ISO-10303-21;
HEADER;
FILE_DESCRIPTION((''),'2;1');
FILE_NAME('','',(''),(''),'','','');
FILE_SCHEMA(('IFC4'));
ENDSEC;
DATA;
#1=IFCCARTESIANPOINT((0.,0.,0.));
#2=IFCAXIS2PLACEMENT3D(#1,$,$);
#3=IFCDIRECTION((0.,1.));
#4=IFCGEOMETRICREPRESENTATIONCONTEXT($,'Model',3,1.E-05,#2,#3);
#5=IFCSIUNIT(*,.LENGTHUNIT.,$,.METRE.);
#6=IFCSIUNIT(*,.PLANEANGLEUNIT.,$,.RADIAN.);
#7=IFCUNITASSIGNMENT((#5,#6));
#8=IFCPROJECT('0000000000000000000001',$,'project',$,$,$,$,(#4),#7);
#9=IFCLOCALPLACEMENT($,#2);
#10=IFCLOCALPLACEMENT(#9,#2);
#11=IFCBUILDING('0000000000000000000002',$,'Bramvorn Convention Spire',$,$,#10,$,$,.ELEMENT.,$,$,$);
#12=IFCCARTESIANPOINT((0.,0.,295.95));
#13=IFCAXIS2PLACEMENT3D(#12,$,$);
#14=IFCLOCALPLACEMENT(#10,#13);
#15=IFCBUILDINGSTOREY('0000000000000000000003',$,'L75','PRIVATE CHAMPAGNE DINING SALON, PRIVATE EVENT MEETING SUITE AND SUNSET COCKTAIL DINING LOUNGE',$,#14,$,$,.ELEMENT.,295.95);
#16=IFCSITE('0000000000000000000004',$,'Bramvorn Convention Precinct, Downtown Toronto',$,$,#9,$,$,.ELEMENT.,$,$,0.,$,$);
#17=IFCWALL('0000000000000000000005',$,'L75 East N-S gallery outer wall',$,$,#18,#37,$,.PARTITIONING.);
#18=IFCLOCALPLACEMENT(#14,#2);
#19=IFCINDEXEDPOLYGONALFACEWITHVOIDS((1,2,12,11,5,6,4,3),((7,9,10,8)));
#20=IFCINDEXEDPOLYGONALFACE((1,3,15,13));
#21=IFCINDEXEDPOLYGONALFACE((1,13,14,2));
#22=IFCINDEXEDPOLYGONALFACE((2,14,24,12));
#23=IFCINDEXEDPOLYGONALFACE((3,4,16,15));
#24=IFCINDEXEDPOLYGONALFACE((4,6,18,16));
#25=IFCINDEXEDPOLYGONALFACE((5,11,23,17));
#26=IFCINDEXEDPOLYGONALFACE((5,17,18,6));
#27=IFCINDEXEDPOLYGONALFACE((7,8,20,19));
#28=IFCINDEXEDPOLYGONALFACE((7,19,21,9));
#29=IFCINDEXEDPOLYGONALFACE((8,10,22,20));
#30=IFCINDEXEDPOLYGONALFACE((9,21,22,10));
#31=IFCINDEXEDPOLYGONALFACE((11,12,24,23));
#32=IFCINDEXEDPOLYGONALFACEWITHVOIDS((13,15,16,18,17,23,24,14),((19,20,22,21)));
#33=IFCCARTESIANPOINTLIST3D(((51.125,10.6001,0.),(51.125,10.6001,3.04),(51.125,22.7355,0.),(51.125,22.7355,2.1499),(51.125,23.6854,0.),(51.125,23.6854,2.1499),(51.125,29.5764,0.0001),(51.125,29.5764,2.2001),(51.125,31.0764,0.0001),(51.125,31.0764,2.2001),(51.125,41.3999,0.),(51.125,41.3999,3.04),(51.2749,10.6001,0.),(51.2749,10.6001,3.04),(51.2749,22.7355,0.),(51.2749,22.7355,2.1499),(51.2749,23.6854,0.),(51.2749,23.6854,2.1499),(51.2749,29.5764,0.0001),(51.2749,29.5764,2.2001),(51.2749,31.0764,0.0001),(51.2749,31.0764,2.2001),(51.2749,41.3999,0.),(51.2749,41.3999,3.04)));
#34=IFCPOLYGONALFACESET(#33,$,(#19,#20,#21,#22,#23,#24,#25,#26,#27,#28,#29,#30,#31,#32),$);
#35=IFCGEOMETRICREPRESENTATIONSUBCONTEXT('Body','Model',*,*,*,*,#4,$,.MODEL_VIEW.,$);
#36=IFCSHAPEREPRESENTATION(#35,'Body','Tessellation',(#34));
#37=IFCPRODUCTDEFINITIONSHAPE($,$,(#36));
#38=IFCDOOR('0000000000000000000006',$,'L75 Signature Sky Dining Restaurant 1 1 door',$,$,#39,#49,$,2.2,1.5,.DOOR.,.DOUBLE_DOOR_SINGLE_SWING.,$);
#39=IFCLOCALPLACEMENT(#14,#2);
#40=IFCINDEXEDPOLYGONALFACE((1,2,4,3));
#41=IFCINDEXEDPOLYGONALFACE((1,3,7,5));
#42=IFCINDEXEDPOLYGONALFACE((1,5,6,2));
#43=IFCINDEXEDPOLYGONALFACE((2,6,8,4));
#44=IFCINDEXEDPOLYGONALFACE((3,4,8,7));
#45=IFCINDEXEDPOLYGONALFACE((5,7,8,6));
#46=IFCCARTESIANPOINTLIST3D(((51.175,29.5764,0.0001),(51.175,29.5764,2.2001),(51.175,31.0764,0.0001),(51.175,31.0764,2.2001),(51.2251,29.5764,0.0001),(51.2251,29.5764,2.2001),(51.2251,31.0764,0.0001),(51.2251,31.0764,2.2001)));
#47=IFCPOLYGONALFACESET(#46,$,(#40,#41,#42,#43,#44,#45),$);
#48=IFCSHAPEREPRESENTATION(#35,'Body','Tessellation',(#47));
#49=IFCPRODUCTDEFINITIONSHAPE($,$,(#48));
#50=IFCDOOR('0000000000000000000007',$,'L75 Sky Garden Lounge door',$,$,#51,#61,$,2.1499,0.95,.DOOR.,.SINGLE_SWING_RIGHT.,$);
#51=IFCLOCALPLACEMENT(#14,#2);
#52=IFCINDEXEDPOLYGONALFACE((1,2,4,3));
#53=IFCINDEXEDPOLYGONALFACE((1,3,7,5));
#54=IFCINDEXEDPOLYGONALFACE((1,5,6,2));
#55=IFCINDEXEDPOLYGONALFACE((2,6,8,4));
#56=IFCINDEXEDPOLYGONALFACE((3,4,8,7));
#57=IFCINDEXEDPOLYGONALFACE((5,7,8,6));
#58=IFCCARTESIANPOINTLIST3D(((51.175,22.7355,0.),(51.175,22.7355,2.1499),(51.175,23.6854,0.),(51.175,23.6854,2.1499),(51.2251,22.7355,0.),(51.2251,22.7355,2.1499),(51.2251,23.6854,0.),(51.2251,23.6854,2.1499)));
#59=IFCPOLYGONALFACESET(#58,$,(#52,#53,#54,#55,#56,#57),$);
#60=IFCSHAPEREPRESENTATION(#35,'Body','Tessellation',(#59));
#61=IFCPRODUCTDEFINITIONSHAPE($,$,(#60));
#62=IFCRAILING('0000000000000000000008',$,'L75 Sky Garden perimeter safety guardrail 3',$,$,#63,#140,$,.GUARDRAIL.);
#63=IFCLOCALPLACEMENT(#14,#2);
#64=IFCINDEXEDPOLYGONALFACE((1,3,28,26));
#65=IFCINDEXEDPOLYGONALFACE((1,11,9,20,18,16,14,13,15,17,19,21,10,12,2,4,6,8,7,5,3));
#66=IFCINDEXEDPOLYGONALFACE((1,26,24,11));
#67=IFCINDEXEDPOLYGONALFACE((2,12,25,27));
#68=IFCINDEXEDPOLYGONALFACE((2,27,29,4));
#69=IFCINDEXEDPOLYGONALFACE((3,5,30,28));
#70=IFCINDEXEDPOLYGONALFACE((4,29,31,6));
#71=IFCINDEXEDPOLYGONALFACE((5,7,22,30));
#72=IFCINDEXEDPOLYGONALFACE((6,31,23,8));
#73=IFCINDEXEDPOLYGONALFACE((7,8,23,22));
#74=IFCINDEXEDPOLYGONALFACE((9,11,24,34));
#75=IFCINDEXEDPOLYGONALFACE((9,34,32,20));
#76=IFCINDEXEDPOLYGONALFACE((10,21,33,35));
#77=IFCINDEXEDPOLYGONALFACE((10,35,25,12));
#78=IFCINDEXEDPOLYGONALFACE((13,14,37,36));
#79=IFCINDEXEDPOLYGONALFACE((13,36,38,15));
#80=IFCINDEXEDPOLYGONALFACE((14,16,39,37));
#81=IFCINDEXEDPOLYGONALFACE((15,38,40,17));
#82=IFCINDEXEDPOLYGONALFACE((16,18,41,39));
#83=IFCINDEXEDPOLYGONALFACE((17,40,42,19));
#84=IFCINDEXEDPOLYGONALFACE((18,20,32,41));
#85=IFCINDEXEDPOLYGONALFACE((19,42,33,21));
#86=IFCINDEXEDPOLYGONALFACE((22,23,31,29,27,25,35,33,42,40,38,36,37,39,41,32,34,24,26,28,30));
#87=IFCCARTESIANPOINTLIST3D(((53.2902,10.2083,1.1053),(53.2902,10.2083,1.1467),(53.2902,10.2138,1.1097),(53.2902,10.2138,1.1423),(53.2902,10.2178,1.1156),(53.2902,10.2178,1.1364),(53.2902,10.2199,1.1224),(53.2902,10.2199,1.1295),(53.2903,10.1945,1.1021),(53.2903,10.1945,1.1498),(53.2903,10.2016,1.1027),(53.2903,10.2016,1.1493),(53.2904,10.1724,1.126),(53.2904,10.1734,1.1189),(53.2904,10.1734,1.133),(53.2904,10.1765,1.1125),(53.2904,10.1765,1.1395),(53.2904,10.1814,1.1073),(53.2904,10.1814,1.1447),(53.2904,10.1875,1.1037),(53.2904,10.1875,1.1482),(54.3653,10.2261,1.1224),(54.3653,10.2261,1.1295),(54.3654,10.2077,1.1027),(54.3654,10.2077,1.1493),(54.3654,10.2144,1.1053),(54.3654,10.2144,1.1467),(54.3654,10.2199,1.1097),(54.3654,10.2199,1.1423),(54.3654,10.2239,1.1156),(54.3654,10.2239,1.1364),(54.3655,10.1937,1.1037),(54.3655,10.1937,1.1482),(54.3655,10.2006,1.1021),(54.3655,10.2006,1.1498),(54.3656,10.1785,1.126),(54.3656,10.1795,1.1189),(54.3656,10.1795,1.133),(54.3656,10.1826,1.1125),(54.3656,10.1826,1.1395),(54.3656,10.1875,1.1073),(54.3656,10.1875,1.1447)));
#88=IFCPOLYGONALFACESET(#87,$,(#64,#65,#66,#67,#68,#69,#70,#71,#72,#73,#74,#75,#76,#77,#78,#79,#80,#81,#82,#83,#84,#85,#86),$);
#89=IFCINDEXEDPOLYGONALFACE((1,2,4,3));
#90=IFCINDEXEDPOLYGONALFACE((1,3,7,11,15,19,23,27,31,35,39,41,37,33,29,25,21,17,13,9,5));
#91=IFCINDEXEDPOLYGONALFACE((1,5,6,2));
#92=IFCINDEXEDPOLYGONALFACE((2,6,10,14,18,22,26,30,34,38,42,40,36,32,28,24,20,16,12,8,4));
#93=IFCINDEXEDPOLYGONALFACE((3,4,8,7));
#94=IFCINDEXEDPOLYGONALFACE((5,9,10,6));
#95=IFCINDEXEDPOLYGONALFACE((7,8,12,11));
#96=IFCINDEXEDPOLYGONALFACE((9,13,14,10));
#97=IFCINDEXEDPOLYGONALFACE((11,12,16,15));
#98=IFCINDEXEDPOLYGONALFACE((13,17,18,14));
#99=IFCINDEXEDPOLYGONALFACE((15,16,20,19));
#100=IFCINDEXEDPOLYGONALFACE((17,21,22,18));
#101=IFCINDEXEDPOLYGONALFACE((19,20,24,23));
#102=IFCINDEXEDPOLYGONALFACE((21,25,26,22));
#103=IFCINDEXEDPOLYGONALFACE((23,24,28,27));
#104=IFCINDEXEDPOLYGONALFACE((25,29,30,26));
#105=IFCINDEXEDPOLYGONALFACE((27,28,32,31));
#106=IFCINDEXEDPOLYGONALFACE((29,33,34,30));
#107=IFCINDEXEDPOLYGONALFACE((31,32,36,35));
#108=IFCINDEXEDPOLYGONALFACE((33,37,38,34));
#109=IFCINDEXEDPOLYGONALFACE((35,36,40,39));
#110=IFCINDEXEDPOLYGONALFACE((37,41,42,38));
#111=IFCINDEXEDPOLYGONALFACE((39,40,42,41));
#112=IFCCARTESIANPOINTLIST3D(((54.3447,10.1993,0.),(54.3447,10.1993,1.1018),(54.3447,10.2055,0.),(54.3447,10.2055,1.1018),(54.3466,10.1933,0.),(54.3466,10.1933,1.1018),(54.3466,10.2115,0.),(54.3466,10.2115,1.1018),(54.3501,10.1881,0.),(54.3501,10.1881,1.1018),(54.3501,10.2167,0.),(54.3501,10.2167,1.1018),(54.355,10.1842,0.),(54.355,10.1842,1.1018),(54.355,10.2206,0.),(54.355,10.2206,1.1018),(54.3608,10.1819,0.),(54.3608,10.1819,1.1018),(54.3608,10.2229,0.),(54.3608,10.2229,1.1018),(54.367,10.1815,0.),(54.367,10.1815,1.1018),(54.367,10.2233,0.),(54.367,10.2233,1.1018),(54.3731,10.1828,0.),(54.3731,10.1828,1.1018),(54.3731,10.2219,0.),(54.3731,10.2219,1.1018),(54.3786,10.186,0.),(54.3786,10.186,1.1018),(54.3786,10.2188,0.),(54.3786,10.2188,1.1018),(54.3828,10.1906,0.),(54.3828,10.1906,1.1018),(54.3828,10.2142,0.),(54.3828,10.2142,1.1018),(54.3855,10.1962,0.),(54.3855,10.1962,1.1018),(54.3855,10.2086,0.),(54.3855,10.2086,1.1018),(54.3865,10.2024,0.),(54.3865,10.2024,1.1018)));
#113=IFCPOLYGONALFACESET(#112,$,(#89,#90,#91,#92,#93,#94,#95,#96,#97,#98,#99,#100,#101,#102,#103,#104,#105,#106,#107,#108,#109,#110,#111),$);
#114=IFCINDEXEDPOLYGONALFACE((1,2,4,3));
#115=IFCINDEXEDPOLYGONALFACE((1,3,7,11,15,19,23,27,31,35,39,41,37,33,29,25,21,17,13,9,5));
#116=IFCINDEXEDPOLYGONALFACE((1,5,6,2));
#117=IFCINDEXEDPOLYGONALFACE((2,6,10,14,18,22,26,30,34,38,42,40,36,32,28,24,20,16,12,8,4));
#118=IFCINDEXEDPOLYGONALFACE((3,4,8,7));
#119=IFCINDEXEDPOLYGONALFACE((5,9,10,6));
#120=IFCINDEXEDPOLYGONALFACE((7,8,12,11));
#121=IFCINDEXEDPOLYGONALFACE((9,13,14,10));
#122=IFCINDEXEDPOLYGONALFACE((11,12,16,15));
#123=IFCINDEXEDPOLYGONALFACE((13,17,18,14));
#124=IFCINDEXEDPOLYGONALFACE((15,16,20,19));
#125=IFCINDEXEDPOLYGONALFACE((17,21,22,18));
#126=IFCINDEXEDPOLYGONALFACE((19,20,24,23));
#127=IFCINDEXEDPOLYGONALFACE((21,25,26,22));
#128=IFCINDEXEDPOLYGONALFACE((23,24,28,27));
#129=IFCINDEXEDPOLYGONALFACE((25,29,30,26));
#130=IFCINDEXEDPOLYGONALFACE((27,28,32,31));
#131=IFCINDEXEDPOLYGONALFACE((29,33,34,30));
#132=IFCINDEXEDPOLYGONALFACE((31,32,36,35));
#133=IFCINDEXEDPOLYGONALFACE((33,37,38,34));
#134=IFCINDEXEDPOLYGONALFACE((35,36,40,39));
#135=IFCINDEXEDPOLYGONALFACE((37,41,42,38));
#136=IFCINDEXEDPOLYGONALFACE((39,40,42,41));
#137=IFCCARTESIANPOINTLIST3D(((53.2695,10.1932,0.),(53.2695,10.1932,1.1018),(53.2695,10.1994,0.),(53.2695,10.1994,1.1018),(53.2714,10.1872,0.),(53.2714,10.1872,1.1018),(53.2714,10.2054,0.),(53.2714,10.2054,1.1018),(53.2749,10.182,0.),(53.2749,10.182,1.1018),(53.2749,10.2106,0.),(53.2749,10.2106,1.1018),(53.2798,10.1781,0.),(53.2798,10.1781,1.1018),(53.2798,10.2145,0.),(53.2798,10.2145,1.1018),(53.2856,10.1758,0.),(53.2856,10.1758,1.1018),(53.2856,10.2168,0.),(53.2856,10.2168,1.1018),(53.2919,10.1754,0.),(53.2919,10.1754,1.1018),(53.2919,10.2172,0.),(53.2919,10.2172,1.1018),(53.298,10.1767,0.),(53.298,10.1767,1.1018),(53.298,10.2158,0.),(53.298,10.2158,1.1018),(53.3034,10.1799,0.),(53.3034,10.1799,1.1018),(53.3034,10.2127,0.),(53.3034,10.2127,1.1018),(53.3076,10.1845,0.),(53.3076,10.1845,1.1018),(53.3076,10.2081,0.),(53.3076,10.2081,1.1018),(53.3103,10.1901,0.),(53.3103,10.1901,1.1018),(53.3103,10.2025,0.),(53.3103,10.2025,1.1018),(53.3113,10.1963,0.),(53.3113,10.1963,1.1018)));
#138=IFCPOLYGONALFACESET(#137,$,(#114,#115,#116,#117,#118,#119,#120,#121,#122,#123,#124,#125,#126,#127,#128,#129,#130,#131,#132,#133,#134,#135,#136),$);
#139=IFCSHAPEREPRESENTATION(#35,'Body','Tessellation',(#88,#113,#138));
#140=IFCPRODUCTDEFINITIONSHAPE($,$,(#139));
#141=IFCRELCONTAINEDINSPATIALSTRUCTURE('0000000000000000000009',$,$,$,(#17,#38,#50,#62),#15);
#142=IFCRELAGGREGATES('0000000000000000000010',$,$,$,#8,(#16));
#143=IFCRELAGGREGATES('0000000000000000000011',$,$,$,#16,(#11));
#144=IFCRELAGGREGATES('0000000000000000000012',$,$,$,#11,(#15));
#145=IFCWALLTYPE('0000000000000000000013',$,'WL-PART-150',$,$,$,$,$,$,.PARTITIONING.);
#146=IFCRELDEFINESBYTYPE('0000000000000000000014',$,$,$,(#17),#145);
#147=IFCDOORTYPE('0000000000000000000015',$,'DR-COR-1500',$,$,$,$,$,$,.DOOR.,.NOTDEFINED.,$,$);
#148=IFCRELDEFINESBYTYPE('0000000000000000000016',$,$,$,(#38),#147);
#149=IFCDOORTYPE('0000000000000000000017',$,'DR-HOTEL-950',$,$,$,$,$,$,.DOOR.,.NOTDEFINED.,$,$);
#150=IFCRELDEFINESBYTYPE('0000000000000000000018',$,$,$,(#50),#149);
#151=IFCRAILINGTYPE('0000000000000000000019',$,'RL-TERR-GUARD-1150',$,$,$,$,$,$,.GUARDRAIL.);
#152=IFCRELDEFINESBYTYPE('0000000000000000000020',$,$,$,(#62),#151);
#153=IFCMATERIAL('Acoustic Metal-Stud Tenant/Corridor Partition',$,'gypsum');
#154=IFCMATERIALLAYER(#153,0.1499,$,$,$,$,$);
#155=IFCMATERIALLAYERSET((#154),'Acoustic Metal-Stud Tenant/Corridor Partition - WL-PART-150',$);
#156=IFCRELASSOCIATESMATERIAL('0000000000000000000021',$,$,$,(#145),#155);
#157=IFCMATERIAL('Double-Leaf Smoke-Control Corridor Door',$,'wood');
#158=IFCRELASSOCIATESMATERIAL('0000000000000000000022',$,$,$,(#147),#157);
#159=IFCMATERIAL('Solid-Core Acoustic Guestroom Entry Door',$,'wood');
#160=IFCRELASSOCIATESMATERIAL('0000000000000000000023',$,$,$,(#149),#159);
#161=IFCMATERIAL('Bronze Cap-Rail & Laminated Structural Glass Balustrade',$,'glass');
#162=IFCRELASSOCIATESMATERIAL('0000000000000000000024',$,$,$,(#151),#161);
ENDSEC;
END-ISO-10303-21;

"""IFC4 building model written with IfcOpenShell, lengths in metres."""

from ifc_helpers import new_model, si_unit, direction, frame, frame_2d, origin, origin_2d, place, context, subcontext, project, spatial, rectangle, circle, extrude, material, layer, layer_set, type_object, element, fill, save


model = new_model("IFC4")

# Units and contexts
model_context = context("Model", 3, precision=1e-05, world=origin(), true_north=direction((0.0, 1.0)))
body_context = subcontext(model_context, "Body", "Model", "MODEL_VIEW")
ifc_project = project(units=[si_unit("LENGTHUNIT", "METRE"), si_unit("PLANEANGLEUNIT", "RADIAN")], contexts=[model_context])

# Site, building, storey
site_placement = place(None, origin())
site = spatial("IfcSite", under=ifc_project, at=site_placement, Name="Bramvorn Convention Precinct, Downtown Toronto", CompositionType="ELEMENT", RefElevation=0.0)
building_placement = place(site_placement, origin())
building = spatial("IfcBuilding", under=site, at=building_placement, Name="Bramvorn Convention Spire", CompositionType="ELEMENT")
storey_placement = place(building_placement, frame((0.0, 0.0, 295.95)))
storey = spatial("IfcBuildingStorey", under=building, at=storey_placement, Name="L75", Description="PRIVATE CHAMPAGNE DINING SALON, PRIVATE EVENT MEETING SUITE AND SUNSET COCKTAIL DINING LOUNGE", CompositionType="ELEMENT", Elevation=295.95)

# Wall, openings, doors
ifc_material_1 = material(Name="Acoustic Metal-Stud Tenant/Corridor Partition", Category="gypsum")
ifc_layer_1 = layer(ifc_material_1, 0.1499)
ifc_layer_set_1 = layer_set([ifc_layer_1], Name="Acoustic Metal-Stud Tenant/Corridor Partition - WL-PART-150")
wall_type = type_object("IfcWallType", Name="WL-PART-150", PredefinedType="PARTITIONING", material=ifc_layer_set_1)
wall_placement = place(storey_placement, frame((51.2, 10.6001, 0.0), z_axis=(0.0, 0.0, 1.0), x_axis=(0.0, 1.0, 0.0)))
wall = element("IfcWall", 1, at=wall_placement, inside=storey, type_object=wall_type, Name="L75 East N-S gallery outer wall", PredefinedType="PARTITIONING", context=body_context, shape_type="SweptSolid", body=[
    extrude(rectangle(XDim=30.7998, YDim=0.1499, at=frame_2d((15.3999, 0.0))), origin(), (0.0, 0.0, 1.0), 3.04),
])
opening_1_placement = place(wall_placement, frame((18.9763, 0.0, 0.0)))
opening_1 = element("IfcOpeningElement", 2, at=opening_1_placement, cuts=wall, PredefinedType="OPENING", context=body_context, shape_type="SweptSolid", body=[
    extrude(rectangle(XDim=1.5, YDim=2.2, at=frame_2d((0.75, 1.1001))), frame((0.0, 0.085, 0.0), z_axis=(0.0, -1.0, 0.0), x_axis=(1.0, 0.0, 0.0)), (0.0, 0.0, 1.0), 0.1699),
])
opening_2_placement = place(wall_placement, frame((12.1353, 0.0, 0.0)))
opening_2 = element("IfcOpeningElement", 3, at=opening_2_placement, cuts=wall, PredefinedType="OPENING", context=body_context, shape_type="SweptSolid", body=[
    extrude(rectangle(XDim=0.95, YDim=2.1499, at=frame_2d((0.4751, 1.075))), frame((0.0, 0.085, 0.0), z_axis=(0.0, -1.0, 0.0), x_axis=(1.0, 0.0, 0.0)), (0.0, 0.0, 1.0), 0.1699),
])
ifc_material_2 = material(Name="Double-Leaf Smoke-Control Corridor Door", Category="wood")
door_type_1 = type_object("IfcDoorType", Name="DR-COR-1500", OperationType="NOTDEFINED", PredefinedType="DOOR", material=ifc_material_2)
door_1_placement = place(opening_1_placement, origin())
door_1 = element("IfcDoor", 4, at=door_1_placement, inside=storey, type_object=door_type_1, Name="L75 Signature Sky Dining Restaurant 1 1 door", OperationType="DOUBLE_DOOR_SINGLE_SWING", OverallHeight=2.2, OverallWidth=1.5, PredefinedType="DOOR", context=body_context, shape_type="SweptSolid", body=[
    extrude(rectangle(XDim=1.5, YDim=2.2, at=frame_2d((0.75, 1.1001))), frame((0.0, 0.0249, 0.0), z_axis=(0.0, -1.0, 0.0), x_axis=(1.0, 0.0, 0.0)), (0.0, 0.0, 1.0), 0.05),
])
fill(opening_1, door_1)
ifc_material_3 = material(Name="Solid-Core Acoustic Guestroom Entry Door", Category="wood")
door_type_2 = type_object("IfcDoorType", Name="DR-HOTEL-950", OperationType="NOTDEFINED", PredefinedType="DOOR", material=ifc_material_3)
door_2_placement = place(opening_2_placement, origin())
door_2 = element("IfcDoor", 5, at=door_2_placement, inside=storey, type_object=door_type_2, Name="L75 Sky Garden Lounge door", OperationType="SINGLE_SWING_RIGHT", OverallHeight=2.1499, OverallWidth=0.95, PredefinedType="DOOR", context=body_context, shape_type="SweptSolid", body=[
    extrude(rectangle(XDim=0.95, YDim=2.1499, at=frame_2d((0.4751, 1.075))), frame((0.0, 0.0249, 0.0), z_axis=(0.0, -1.0, 0.0), x_axis=(1.0, 0.0, 0.0)), (0.0, 0.0, 1.0), 0.05),
])
fill(opening_2, door_2)

# Railing
ifc_material_4 = material(Name="Bronze Cap-Rail & Laminated Structural Glass Balustrade", Category="glass")
railing_type = type_object("IfcRailingType", Name="RL-TERR-GUARD-1150", PredefinedType="GUARDRAIL", material=ifc_material_4)
railing_1_placement = place(storey_placement, frame((54.3655, 10.2024, 0.0)))
element("IfcRailing", 6, at=railing_1_placement, inside=storey, type_object=railing_type, Name="L75 Sky Garden perimeter safety guardrail 3", PredefinedType="GUARDRAIL", context=body_context, shape_type="SweptSolid", body=[
    extrude(circle(Radius=0.0239, at=origin_2d()), frame((0.0, 0.0, 1.126), z_axis=(-0.999984, -0.005677, 0.0), x_axis=(0.005677, -0.999984, 0.0)), (0.0, 0.0, 1.0), 1.0752),
    extrude(circle(Radius=0.021, at=origin_2d()), origin(), (0.0, 0.0, 1.0), 1.1018),
    extrude(circle(Radius=0.021, at=origin_2d()), frame((-1.0752, -0.0061, 0.0)), (0.0, 0.0, 1.0), 1.1018),
])

save(model, "model.ifc")
